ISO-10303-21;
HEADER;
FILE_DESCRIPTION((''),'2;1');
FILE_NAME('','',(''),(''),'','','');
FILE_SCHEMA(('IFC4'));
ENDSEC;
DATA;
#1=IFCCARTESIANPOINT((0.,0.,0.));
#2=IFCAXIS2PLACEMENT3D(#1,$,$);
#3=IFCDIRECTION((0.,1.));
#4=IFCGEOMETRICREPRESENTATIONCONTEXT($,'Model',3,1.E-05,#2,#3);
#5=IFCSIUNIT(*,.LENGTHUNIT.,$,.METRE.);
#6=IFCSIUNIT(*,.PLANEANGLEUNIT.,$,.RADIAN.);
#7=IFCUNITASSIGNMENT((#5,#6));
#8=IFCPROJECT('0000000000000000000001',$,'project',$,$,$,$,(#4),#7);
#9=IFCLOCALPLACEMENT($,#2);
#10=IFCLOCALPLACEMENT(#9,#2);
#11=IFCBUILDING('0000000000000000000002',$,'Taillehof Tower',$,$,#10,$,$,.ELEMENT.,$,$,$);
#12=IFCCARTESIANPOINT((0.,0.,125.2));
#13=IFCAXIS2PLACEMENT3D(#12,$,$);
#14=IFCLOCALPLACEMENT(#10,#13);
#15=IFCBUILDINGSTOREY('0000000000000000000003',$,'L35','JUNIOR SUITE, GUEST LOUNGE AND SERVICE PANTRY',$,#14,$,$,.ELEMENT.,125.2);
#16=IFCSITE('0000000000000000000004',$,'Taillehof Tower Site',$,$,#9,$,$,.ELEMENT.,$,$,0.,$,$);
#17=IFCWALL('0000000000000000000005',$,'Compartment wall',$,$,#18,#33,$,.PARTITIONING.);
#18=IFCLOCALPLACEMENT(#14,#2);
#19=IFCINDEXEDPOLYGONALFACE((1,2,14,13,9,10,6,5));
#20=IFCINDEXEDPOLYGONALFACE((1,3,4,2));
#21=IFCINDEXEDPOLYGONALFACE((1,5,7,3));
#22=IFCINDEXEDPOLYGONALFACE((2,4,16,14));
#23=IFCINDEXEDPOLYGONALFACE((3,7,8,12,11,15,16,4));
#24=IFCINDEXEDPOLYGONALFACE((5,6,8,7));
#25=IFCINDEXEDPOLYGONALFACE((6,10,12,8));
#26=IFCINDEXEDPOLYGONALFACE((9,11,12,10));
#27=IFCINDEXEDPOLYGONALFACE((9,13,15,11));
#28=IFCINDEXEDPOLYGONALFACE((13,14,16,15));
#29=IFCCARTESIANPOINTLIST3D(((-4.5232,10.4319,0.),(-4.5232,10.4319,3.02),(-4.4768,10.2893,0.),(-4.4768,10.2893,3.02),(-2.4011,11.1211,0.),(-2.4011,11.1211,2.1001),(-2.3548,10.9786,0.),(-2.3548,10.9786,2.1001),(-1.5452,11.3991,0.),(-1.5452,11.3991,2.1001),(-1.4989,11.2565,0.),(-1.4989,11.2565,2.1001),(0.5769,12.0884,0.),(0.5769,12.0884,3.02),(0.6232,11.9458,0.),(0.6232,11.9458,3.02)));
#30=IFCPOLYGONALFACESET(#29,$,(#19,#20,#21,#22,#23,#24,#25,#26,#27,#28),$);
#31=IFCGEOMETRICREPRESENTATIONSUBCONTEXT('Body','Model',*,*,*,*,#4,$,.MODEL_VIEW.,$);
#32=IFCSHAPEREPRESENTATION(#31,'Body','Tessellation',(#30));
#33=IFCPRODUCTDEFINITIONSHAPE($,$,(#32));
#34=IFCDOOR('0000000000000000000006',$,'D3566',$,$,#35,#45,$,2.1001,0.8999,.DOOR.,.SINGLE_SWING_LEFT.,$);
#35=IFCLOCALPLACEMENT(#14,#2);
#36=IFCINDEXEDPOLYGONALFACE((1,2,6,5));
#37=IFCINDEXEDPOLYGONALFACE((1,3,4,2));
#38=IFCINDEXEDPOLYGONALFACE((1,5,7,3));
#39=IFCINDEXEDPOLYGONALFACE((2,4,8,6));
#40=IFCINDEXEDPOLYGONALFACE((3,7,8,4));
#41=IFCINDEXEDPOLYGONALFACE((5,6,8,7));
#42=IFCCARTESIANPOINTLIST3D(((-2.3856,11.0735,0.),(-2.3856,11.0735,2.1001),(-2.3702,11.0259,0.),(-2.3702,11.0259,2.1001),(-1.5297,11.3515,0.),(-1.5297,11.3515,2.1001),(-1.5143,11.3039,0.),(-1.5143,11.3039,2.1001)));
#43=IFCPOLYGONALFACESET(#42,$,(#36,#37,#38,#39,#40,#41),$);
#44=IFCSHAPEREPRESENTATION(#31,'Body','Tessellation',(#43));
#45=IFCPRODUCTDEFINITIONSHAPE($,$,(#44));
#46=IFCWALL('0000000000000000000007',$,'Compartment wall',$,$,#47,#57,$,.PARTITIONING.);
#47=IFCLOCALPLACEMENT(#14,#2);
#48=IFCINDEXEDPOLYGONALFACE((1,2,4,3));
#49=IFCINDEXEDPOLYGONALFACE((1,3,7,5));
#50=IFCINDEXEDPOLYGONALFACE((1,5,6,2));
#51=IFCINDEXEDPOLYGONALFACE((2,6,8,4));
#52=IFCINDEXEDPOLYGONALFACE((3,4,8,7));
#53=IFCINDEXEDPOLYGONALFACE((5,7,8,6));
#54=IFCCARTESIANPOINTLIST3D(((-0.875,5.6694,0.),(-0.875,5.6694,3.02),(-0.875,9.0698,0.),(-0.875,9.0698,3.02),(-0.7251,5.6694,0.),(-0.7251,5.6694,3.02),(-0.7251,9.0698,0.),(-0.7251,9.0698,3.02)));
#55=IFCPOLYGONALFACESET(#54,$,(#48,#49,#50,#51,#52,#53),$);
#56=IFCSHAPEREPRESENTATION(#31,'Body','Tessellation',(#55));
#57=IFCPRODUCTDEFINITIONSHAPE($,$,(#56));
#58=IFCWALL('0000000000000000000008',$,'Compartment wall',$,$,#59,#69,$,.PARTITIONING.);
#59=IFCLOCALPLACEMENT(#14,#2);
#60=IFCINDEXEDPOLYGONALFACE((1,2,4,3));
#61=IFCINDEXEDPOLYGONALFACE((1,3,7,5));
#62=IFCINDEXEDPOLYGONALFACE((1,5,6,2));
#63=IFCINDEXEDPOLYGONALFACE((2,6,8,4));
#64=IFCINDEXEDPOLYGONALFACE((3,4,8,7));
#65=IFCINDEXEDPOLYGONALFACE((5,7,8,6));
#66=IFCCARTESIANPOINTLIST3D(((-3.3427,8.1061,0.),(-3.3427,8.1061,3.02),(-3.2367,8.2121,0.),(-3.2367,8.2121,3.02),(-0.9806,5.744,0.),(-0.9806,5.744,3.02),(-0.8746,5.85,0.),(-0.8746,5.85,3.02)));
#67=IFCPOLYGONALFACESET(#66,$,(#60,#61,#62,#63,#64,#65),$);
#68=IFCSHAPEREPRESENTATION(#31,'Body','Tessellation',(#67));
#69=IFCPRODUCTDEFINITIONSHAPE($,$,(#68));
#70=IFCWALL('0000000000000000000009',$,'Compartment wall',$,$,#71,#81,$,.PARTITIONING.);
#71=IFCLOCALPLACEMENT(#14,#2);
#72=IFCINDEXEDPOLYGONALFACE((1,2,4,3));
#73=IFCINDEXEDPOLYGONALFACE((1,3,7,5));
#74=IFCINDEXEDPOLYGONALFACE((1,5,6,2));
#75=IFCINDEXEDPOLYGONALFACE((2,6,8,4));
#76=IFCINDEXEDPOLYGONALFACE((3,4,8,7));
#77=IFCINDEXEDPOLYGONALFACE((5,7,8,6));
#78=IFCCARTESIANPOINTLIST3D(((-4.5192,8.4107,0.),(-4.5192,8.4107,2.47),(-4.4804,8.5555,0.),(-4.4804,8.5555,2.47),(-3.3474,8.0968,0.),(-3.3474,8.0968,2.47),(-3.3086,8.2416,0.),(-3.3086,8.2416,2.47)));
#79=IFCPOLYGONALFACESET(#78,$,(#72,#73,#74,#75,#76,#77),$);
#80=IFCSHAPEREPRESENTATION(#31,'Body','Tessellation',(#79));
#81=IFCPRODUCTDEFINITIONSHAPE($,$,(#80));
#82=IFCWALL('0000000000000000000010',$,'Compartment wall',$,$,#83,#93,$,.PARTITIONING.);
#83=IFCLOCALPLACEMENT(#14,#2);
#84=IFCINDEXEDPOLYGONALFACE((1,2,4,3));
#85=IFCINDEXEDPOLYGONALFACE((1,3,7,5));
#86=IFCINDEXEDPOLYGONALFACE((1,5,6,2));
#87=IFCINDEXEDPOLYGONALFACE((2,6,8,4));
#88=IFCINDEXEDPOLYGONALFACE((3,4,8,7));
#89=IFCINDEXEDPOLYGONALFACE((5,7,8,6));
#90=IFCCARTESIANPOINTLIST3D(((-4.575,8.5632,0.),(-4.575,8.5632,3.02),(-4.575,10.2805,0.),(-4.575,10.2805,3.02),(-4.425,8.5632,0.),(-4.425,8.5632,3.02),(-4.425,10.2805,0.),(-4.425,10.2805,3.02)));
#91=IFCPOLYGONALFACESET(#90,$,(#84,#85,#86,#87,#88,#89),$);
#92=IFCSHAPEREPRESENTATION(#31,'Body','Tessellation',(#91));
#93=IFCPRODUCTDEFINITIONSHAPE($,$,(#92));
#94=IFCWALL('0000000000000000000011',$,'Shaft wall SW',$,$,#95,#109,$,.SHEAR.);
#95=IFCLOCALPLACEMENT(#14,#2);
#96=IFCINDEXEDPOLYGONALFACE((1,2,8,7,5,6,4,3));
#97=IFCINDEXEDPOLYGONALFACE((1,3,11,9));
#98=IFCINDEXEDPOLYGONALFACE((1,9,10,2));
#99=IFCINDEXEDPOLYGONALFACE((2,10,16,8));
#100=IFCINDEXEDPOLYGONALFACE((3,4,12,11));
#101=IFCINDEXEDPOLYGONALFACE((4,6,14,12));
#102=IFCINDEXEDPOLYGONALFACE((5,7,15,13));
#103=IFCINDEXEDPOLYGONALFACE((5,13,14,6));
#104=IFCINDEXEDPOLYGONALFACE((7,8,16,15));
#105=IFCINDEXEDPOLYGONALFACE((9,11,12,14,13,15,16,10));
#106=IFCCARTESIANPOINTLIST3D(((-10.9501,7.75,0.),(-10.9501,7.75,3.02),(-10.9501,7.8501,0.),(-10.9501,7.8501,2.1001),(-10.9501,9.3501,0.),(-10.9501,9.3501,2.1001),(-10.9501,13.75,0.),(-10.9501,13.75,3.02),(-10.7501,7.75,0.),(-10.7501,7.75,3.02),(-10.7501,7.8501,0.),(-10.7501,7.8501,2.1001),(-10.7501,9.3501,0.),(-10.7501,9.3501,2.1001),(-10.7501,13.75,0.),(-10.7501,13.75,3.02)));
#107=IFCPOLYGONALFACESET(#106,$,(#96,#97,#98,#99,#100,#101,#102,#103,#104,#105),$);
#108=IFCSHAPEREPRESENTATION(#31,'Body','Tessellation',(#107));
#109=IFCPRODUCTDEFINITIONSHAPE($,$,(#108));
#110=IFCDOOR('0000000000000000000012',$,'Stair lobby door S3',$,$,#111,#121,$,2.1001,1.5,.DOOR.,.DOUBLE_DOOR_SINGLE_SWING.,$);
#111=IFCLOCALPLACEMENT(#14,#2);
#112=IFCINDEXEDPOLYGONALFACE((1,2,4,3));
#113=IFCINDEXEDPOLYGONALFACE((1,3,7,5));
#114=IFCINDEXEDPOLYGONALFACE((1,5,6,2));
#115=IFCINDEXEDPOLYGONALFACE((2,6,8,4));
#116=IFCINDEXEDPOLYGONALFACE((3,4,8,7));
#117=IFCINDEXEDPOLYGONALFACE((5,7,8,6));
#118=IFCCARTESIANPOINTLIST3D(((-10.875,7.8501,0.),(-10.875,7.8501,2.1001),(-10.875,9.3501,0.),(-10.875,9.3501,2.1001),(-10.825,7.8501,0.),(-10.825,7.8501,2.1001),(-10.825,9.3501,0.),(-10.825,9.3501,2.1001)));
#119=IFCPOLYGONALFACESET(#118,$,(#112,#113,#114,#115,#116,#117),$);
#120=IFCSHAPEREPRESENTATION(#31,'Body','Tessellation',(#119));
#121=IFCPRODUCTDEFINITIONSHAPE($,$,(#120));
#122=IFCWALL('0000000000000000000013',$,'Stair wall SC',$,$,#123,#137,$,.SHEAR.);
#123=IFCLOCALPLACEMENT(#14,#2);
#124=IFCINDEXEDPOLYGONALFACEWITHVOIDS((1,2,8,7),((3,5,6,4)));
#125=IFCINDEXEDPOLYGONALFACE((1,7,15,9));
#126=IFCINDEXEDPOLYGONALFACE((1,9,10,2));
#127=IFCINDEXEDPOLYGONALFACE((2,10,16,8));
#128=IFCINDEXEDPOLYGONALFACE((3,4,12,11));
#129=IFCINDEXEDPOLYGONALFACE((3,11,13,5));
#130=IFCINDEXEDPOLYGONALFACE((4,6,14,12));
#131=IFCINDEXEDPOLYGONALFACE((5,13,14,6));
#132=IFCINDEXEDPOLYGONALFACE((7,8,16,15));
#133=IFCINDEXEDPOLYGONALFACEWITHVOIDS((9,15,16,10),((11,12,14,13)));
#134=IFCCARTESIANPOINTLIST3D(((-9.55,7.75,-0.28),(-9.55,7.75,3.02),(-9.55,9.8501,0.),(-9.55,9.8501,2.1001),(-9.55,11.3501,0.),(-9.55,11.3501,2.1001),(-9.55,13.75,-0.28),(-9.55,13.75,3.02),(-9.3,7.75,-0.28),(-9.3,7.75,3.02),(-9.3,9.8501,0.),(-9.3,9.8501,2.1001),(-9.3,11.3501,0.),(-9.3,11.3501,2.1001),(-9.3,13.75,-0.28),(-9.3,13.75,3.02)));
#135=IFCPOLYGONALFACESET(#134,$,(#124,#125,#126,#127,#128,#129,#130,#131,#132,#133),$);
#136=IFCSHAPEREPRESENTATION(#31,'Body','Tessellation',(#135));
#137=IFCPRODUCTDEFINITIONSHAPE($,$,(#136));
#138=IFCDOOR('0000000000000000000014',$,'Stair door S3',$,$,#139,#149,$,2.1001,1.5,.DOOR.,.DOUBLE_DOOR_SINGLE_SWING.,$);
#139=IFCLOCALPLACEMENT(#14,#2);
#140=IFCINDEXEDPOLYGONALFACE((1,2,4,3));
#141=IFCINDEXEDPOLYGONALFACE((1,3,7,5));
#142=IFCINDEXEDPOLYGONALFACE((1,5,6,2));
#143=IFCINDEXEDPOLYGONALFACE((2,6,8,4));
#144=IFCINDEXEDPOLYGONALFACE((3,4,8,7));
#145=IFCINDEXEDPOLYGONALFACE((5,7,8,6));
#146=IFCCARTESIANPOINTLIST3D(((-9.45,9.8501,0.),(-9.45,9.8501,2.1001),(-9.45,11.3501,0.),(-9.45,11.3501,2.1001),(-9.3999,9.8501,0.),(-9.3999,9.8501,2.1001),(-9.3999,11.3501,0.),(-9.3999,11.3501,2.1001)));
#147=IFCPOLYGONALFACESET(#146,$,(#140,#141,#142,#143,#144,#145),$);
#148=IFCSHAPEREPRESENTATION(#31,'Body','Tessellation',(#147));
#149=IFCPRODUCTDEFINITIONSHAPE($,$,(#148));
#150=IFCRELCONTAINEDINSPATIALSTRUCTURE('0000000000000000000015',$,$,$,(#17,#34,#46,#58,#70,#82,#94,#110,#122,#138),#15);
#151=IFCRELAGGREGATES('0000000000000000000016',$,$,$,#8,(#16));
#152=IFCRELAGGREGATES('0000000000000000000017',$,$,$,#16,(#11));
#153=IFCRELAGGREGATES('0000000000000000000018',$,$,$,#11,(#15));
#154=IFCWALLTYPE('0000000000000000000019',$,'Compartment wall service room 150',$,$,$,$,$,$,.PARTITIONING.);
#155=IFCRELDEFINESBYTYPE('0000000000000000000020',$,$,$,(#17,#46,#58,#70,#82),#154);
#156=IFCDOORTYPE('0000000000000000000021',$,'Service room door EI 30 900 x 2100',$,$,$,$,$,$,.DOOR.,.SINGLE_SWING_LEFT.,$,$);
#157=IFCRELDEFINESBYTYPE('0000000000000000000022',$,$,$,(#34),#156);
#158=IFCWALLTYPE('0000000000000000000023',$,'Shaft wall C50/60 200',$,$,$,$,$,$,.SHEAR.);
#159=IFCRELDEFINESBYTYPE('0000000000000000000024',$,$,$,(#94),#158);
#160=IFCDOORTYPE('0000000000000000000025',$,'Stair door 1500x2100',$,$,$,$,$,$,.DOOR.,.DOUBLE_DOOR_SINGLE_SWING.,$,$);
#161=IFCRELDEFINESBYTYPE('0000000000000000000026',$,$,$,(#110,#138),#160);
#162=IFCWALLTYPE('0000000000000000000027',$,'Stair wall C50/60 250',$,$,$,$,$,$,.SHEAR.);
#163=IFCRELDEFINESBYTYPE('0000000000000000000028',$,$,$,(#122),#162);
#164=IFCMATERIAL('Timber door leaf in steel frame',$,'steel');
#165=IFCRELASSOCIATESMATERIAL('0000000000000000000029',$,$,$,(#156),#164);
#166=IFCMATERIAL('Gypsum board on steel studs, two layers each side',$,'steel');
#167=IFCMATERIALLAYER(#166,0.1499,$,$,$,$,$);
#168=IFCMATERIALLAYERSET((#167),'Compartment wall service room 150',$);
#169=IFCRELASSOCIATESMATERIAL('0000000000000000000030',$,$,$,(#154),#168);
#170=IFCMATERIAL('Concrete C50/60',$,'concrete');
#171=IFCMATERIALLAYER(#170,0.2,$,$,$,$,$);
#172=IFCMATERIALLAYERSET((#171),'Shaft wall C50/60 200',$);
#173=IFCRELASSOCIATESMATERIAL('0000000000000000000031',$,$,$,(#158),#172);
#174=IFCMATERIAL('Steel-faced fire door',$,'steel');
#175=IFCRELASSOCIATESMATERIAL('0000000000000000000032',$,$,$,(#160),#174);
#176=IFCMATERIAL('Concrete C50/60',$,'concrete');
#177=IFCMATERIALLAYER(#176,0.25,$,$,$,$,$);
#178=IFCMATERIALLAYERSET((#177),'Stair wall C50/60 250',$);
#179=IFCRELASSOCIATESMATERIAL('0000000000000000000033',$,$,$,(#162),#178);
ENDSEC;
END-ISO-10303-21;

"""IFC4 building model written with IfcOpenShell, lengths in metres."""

from ifc_helpers import new_model, si_unit, direction, frame, frame_2d, origin, place, context, subcontext, project, spatial, rectangle, extrude, material, layer, layer_set, type_object, element, fill, save


model = new_model("IFC4")

# Units and contexts
model_context = context("Model", 3, precision=1e-05, world=origin(), true_north=direction((0.0, 1.0)))
body_context = subcontext(model_context, "Body", "Model", "MODEL_VIEW")
ifc_project = project(units=[si_unit("LENGTHUNIT", "METRE"), si_unit("PLANEANGLEUNIT", "RADIAN")], contexts=[model_context])

# Site, building, storey
site_placement = place(None, origin())
site = spatial("IfcSite", under=ifc_project, at=site_placement, Name="Taillehof Tower Site", CompositionType="ELEMENT", RefElevation=0.0)
building_placement = place(site_placement, origin())
building = spatial("IfcBuilding", under=site, at=building_placement, Name="Taillehof Tower", CompositionType="ELEMENT")
storey_placement = place(building_placement, frame((0.0, 0.0, 125.2)))
storey = spatial("IfcBuildingStorey", under=building, at=storey_placement, Name="L35", Description="JUNIOR SUITE, GUEST LOUNGE AND SERVICE PANTRY", CompositionType="ELEMENT", Elevation=125.2)

# Shared definitions
ifc_material_1 = material(Name="Timber door leaf in steel frame", Category="steel")
door_type_1 = type_object("IfcDoorType", Name="Service room door EI 30 900 x 2100", OperationType="SINGLE_SWING_LEFT", PredefinedType="DOOR", material=ifc_material_1)

# Wall, opening, door
ifc_material_2 = material(Name="Gypsum board on steel studs, two layers each side", Category="steel")
ifc_layer_1 = layer(ifc_material_2, 0.1499)
ifc_layer_set_1 = layer_set([ifc_layer_1], Name="Compartment wall service room 150")
wall_type_1 = type_object("IfcWallType", Name="Compartment wall service room 150", PredefinedType="PARTITIONING", material=ifc_layer_set_1)
wall_1_placement = place(storey_placement, frame((-4.5, 10.3606, 0.0), z_axis=(0.0, 0.0, 1.0), x_axis=(0.951091, 0.308911, 0.0)))
wall_1 = element("IfcWall", 1, at=wall_1_placement, inside=storey, type_object=wall_type_1, Name="Compartment wall", PredefinedType="PARTITIONING", context=body_context, shape_type="SweptSolid", body=[
    extrude(rectangle(XDim=5.3623, YDim=0.1499, at=frame_2d((2.6812, 0.0))), origin(), (0.0, 0.0, 1.0), 3.02),
])
opening_1_placement = place(wall_1_placement, frame((2.2312, 0.0, 0.0)))
opening_1 = element("IfcOpeningElement", 2, at=opening_1_placement, cuts=wall_1, PredefinedType="OPENING", context=body_context, shape_type="SweptSolid", body=[
    extrude(rectangle(XDim=0.8999, YDim=2.1001, at=frame_2d((0.45, 1.05))), frame((0.0, 0.085, 0.0), z_axis=(0.0, -1.0, 0.0), x_axis=(1.0, 0.0, 0.0)), (0.0, 0.0, 1.0), 0.1699),
])
door_1_placement = place(opening_1_placement, origin())
door_1 = element("IfcDoor", 3, at=door_1_placement, inside=storey, type_object=door_type_1, Name="D3566", OperationType="SINGLE_SWING_LEFT", OverallHeight=2.1001, OverallWidth=0.8999, PredefinedType="DOOR", context=body_context, shape_type="SweptSolid", body=[
    extrude(rectangle(XDim=0.8999, YDim=2.1001, at=frame_2d((0.45, 1.05))), frame((0.0, 0.0249, 0.0), z_axis=(0.0, -1.0, 0.0), x_axis=(1.0, 0.0, 0.0)), (0.0, 0.0, 1.0), 0.05),
])
fill(opening_1, door_1)

# Walls
wall_2_placement = place(storey_placement, frame((-0.8, 9.0698, 0.0), z_axis=(0.0, 0.0, 1.0), x_axis=(0.0, -1.0, 0.0)))
element("IfcWall", 4, at=wall_2_placement, inside=storey, type_object=wall_type_1, Name="Compartment wall", PredefinedType="PARTITIONING", context=body_context, shape_type="SweptSolid", body=[
    extrude(rectangle(XDim=3.4004, YDim=0.1499, at=frame_2d((1.7002, 0.0))), origin(), (0.0, 0.0, 1.0), 3.02),
])
wall_3_placement = place(storey_placement, frame((-0.9275, 5.7969, 0.0), z_axis=(0.0, 0.0, 1.0), x_axis=(-0.707107, 0.707107, 0.0)))
element("IfcWall", 5, at=wall_3_placement, inside=storey, type_object=wall_type_1, Name="Compartment wall", PredefinedType="PARTITIONING", context=body_context, shape_type="SweptSolid", body=[
    extrude(rectangle(XDim=3.3406, YDim=0.1499, at=frame_2d((1.6704, 0.0))), origin(), (0.0, 0.0, 1.0), 3.02),
])
wall_4_placement = place(storey_placement, frame((-3.3281, 8.1692, 0.0), z_axis=(0.0, 0.0, 1.0), x_axis=(-0.965934, 0.25879, 0.0)))
element("IfcWall", 6, at=wall_4_placement, inside=storey, type_object=wall_type_1, Name="Compartment wall", PredefinedType="PARTITIONING", context=body_context, shape_type="SweptSolid", body=[
    extrude(rectangle(XDim=1.2131, YDim=0.1499, at=frame_2d((0.6064, 0.0))), origin(), (0.0, 0.0, 1.0), 2.47),
])
wall_5_placement = place(storey_placement, frame((-4.5, 8.5632, 0.0), z_axis=(0.0, 0.0, 1.0), x_axis=(0.0, 1.0, 0.0)))
element("IfcWall", 7, at=wall_5_placement, inside=storey, type_object=wall_type_1, Name="Compartment wall", PredefinedType="PARTITIONING", context=body_context, shape_type="SweptSolid", body=[
    extrude(rectangle(XDim=1.7173, YDim=0.1499, at=frame_2d((0.8586, 0.0))), origin(), (0.0, 0.0, 1.0), 3.02),
])

# Walls, openings, doors
ifc_material_3 = material(Name="Concrete C50/60", Category="concrete")
ifc_layer_2 = layer(ifc_material_3, 0.2)
ifc_layer_set_2 = layer_set([ifc_layer_2], Name="Shaft wall C50/60 200")
wall_type_2 = type_object("IfcWallType", Name="Shaft wall C50/60 200", PredefinedType="SHEAR", material=ifc_layer_set_2)
wall_6_placement = place(storey_placement, frame((-10.8501, 7.75, 0.0), z_axis=(0.0, 0.0, 1.0), x_axis=(0.0, 1.0, 0.0)))
wall_6 = element("IfcWall", 8, at=wall_6_placement, inside=storey, type_object=wall_type_2, Name="Shaft wall SW", PredefinedType="SHEAR", context=body_context, shape_type="SweptSolid", body=[
    extrude(rectangle(XDim=6.0, YDim=0.2, at=frame_2d((3.0, 0.0))), origin(), (0.0, 0.0, 1.0), 3.02),
])
opening_2_placement = place(wall_6_placement, frame((0.1001, 0.0, 0.0)))
opening_2 = element("IfcOpeningElement", 9, at=opening_2_placement, cuts=wall_6, PredefinedType="OPENING", context=body_context, shape_type="SweptSolid", body=[
    extrude(rectangle(XDim=1.5, YDim=2.1001, at=frame_2d((0.75, 1.05))), frame((0.0, 0.1099, 0.0), z_axis=(0.0, -1.0, 0.0), x_axis=(1.0, 0.0, 0.0)), (0.0, 0.0, 1.0), 0.22),
])
ifc_material_4 = material(Name="Steel-faced fire door", Category="steel")
door_type_2 = type_object("IfcDoorType", Name="Stair door 1500x2100", OperationType="DOUBLE_DOOR_SINGLE_SWING", PredefinedType="DOOR", material=ifc_material_4)
door_2_placement = place(opening_2_placement, origin())
door_2 = element("IfcDoor", 10, at=door_2_placement, inside=storey, type_object=door_type_2, Name="Stair lobby door S3", OperationType="DOUBLE_DOOR_SINGLE_SWING", OverallHeight=2.1001, OverallWidth=1.5, PredefinedType="DOOR", context=body_context, shape_type="SweptSolid", body=[
    extrude(rectangle(XDim=1.5, YDim=2.1001, at=frame_2d((0.75, 1.05))), frame((0.0, 0.0249, 0.0), z_axis=(0.0, -1.0, 0.0), x_axis=(1.0, 0.0, 0.0)), (0.0, 0.0, 1.0), 0.05),
])
fill(opening_2, door_2)
ifc_material_5 = material(Name="Concrete C50/60", Category="concrete")
ifc_layer_3 = layer(ifc_material_5, 0.25)
ifc_layer_set_3 = layer_set([ifc_layer_3], Name="Stair wall C50/60 250")
wall_type_3 = type_object("IfcWallType", Name="Stair wall C50/60 250", PredefinedType="SHEAR", material=ifc_layer_set_3)
wall_7_placement = place(storey_placement, frame((-9.425, 7.75, -0.28), z_axis=(0.0, 0.0, 1.0), x_axis=(0.0, 1.0, 0.0)))
wall_7 = element("IfcWall", 11, at=wall_7_placement, inside=storey, type_object=wall_type_3, Name="Stair wall SC", PredefinedType="SHEAR", context=body_context, shape_type="SweptSolid", body=[
    extrude(rectangle(XDim=6.0, YDim=0.25, at=frame_2d((3.0, 0.0))), origin(), (0.0, 0.0, 1.0), 3.3),
])
opening_3_placement = place(wall_7_placement, frame((2.1001, 0.0, 0.28)))
opening_3 = element("IfcOpeningElement", 12, at=opening_3_placement, cuts=wall_7, PredefinedType="OPENING", context=body_context, shape_type="SweptSolid", body=[
    extrude(rectangle(XDim=1.5, YDim=2.1001, at=frame_2d((0.75, 1.05))), frame((0.0, 0.135, 0.0), z_axis=(0.0, -1.0, 0.0), x_axis=(1.0, 0.0, 0.0)), (0.0, 0.0, 1.0), 0.27),
])
door_3_placement = place(opening_3_placement, origin())
door_3 = element("IfcDoor", 13, at=door_3_placement, inside=storey, type_object=door_type_2, Name="Stair door S3", OperationType="DOUBLE_DOOR_SINGLE_SWING", OverallHeight=2.1001, OverallWidth=1.5, PredefinedType="DOOR", context=body_context, shape_type="SweptSolid", body=[
    extrude(rectangle(XDim=1.5, YDim=2.1001, at=frame_2d((0.75, 1.05))), frame((0.0, 0.0249, 0.0), z_axis=(0.0, -1.0, 0.0), x_axis=(1.0, 0.0, 0.0)), (0.0, 0.0, 1.0), 0.05),
])
fill(opening_3, door_3)

save(model, "model.ifc")
